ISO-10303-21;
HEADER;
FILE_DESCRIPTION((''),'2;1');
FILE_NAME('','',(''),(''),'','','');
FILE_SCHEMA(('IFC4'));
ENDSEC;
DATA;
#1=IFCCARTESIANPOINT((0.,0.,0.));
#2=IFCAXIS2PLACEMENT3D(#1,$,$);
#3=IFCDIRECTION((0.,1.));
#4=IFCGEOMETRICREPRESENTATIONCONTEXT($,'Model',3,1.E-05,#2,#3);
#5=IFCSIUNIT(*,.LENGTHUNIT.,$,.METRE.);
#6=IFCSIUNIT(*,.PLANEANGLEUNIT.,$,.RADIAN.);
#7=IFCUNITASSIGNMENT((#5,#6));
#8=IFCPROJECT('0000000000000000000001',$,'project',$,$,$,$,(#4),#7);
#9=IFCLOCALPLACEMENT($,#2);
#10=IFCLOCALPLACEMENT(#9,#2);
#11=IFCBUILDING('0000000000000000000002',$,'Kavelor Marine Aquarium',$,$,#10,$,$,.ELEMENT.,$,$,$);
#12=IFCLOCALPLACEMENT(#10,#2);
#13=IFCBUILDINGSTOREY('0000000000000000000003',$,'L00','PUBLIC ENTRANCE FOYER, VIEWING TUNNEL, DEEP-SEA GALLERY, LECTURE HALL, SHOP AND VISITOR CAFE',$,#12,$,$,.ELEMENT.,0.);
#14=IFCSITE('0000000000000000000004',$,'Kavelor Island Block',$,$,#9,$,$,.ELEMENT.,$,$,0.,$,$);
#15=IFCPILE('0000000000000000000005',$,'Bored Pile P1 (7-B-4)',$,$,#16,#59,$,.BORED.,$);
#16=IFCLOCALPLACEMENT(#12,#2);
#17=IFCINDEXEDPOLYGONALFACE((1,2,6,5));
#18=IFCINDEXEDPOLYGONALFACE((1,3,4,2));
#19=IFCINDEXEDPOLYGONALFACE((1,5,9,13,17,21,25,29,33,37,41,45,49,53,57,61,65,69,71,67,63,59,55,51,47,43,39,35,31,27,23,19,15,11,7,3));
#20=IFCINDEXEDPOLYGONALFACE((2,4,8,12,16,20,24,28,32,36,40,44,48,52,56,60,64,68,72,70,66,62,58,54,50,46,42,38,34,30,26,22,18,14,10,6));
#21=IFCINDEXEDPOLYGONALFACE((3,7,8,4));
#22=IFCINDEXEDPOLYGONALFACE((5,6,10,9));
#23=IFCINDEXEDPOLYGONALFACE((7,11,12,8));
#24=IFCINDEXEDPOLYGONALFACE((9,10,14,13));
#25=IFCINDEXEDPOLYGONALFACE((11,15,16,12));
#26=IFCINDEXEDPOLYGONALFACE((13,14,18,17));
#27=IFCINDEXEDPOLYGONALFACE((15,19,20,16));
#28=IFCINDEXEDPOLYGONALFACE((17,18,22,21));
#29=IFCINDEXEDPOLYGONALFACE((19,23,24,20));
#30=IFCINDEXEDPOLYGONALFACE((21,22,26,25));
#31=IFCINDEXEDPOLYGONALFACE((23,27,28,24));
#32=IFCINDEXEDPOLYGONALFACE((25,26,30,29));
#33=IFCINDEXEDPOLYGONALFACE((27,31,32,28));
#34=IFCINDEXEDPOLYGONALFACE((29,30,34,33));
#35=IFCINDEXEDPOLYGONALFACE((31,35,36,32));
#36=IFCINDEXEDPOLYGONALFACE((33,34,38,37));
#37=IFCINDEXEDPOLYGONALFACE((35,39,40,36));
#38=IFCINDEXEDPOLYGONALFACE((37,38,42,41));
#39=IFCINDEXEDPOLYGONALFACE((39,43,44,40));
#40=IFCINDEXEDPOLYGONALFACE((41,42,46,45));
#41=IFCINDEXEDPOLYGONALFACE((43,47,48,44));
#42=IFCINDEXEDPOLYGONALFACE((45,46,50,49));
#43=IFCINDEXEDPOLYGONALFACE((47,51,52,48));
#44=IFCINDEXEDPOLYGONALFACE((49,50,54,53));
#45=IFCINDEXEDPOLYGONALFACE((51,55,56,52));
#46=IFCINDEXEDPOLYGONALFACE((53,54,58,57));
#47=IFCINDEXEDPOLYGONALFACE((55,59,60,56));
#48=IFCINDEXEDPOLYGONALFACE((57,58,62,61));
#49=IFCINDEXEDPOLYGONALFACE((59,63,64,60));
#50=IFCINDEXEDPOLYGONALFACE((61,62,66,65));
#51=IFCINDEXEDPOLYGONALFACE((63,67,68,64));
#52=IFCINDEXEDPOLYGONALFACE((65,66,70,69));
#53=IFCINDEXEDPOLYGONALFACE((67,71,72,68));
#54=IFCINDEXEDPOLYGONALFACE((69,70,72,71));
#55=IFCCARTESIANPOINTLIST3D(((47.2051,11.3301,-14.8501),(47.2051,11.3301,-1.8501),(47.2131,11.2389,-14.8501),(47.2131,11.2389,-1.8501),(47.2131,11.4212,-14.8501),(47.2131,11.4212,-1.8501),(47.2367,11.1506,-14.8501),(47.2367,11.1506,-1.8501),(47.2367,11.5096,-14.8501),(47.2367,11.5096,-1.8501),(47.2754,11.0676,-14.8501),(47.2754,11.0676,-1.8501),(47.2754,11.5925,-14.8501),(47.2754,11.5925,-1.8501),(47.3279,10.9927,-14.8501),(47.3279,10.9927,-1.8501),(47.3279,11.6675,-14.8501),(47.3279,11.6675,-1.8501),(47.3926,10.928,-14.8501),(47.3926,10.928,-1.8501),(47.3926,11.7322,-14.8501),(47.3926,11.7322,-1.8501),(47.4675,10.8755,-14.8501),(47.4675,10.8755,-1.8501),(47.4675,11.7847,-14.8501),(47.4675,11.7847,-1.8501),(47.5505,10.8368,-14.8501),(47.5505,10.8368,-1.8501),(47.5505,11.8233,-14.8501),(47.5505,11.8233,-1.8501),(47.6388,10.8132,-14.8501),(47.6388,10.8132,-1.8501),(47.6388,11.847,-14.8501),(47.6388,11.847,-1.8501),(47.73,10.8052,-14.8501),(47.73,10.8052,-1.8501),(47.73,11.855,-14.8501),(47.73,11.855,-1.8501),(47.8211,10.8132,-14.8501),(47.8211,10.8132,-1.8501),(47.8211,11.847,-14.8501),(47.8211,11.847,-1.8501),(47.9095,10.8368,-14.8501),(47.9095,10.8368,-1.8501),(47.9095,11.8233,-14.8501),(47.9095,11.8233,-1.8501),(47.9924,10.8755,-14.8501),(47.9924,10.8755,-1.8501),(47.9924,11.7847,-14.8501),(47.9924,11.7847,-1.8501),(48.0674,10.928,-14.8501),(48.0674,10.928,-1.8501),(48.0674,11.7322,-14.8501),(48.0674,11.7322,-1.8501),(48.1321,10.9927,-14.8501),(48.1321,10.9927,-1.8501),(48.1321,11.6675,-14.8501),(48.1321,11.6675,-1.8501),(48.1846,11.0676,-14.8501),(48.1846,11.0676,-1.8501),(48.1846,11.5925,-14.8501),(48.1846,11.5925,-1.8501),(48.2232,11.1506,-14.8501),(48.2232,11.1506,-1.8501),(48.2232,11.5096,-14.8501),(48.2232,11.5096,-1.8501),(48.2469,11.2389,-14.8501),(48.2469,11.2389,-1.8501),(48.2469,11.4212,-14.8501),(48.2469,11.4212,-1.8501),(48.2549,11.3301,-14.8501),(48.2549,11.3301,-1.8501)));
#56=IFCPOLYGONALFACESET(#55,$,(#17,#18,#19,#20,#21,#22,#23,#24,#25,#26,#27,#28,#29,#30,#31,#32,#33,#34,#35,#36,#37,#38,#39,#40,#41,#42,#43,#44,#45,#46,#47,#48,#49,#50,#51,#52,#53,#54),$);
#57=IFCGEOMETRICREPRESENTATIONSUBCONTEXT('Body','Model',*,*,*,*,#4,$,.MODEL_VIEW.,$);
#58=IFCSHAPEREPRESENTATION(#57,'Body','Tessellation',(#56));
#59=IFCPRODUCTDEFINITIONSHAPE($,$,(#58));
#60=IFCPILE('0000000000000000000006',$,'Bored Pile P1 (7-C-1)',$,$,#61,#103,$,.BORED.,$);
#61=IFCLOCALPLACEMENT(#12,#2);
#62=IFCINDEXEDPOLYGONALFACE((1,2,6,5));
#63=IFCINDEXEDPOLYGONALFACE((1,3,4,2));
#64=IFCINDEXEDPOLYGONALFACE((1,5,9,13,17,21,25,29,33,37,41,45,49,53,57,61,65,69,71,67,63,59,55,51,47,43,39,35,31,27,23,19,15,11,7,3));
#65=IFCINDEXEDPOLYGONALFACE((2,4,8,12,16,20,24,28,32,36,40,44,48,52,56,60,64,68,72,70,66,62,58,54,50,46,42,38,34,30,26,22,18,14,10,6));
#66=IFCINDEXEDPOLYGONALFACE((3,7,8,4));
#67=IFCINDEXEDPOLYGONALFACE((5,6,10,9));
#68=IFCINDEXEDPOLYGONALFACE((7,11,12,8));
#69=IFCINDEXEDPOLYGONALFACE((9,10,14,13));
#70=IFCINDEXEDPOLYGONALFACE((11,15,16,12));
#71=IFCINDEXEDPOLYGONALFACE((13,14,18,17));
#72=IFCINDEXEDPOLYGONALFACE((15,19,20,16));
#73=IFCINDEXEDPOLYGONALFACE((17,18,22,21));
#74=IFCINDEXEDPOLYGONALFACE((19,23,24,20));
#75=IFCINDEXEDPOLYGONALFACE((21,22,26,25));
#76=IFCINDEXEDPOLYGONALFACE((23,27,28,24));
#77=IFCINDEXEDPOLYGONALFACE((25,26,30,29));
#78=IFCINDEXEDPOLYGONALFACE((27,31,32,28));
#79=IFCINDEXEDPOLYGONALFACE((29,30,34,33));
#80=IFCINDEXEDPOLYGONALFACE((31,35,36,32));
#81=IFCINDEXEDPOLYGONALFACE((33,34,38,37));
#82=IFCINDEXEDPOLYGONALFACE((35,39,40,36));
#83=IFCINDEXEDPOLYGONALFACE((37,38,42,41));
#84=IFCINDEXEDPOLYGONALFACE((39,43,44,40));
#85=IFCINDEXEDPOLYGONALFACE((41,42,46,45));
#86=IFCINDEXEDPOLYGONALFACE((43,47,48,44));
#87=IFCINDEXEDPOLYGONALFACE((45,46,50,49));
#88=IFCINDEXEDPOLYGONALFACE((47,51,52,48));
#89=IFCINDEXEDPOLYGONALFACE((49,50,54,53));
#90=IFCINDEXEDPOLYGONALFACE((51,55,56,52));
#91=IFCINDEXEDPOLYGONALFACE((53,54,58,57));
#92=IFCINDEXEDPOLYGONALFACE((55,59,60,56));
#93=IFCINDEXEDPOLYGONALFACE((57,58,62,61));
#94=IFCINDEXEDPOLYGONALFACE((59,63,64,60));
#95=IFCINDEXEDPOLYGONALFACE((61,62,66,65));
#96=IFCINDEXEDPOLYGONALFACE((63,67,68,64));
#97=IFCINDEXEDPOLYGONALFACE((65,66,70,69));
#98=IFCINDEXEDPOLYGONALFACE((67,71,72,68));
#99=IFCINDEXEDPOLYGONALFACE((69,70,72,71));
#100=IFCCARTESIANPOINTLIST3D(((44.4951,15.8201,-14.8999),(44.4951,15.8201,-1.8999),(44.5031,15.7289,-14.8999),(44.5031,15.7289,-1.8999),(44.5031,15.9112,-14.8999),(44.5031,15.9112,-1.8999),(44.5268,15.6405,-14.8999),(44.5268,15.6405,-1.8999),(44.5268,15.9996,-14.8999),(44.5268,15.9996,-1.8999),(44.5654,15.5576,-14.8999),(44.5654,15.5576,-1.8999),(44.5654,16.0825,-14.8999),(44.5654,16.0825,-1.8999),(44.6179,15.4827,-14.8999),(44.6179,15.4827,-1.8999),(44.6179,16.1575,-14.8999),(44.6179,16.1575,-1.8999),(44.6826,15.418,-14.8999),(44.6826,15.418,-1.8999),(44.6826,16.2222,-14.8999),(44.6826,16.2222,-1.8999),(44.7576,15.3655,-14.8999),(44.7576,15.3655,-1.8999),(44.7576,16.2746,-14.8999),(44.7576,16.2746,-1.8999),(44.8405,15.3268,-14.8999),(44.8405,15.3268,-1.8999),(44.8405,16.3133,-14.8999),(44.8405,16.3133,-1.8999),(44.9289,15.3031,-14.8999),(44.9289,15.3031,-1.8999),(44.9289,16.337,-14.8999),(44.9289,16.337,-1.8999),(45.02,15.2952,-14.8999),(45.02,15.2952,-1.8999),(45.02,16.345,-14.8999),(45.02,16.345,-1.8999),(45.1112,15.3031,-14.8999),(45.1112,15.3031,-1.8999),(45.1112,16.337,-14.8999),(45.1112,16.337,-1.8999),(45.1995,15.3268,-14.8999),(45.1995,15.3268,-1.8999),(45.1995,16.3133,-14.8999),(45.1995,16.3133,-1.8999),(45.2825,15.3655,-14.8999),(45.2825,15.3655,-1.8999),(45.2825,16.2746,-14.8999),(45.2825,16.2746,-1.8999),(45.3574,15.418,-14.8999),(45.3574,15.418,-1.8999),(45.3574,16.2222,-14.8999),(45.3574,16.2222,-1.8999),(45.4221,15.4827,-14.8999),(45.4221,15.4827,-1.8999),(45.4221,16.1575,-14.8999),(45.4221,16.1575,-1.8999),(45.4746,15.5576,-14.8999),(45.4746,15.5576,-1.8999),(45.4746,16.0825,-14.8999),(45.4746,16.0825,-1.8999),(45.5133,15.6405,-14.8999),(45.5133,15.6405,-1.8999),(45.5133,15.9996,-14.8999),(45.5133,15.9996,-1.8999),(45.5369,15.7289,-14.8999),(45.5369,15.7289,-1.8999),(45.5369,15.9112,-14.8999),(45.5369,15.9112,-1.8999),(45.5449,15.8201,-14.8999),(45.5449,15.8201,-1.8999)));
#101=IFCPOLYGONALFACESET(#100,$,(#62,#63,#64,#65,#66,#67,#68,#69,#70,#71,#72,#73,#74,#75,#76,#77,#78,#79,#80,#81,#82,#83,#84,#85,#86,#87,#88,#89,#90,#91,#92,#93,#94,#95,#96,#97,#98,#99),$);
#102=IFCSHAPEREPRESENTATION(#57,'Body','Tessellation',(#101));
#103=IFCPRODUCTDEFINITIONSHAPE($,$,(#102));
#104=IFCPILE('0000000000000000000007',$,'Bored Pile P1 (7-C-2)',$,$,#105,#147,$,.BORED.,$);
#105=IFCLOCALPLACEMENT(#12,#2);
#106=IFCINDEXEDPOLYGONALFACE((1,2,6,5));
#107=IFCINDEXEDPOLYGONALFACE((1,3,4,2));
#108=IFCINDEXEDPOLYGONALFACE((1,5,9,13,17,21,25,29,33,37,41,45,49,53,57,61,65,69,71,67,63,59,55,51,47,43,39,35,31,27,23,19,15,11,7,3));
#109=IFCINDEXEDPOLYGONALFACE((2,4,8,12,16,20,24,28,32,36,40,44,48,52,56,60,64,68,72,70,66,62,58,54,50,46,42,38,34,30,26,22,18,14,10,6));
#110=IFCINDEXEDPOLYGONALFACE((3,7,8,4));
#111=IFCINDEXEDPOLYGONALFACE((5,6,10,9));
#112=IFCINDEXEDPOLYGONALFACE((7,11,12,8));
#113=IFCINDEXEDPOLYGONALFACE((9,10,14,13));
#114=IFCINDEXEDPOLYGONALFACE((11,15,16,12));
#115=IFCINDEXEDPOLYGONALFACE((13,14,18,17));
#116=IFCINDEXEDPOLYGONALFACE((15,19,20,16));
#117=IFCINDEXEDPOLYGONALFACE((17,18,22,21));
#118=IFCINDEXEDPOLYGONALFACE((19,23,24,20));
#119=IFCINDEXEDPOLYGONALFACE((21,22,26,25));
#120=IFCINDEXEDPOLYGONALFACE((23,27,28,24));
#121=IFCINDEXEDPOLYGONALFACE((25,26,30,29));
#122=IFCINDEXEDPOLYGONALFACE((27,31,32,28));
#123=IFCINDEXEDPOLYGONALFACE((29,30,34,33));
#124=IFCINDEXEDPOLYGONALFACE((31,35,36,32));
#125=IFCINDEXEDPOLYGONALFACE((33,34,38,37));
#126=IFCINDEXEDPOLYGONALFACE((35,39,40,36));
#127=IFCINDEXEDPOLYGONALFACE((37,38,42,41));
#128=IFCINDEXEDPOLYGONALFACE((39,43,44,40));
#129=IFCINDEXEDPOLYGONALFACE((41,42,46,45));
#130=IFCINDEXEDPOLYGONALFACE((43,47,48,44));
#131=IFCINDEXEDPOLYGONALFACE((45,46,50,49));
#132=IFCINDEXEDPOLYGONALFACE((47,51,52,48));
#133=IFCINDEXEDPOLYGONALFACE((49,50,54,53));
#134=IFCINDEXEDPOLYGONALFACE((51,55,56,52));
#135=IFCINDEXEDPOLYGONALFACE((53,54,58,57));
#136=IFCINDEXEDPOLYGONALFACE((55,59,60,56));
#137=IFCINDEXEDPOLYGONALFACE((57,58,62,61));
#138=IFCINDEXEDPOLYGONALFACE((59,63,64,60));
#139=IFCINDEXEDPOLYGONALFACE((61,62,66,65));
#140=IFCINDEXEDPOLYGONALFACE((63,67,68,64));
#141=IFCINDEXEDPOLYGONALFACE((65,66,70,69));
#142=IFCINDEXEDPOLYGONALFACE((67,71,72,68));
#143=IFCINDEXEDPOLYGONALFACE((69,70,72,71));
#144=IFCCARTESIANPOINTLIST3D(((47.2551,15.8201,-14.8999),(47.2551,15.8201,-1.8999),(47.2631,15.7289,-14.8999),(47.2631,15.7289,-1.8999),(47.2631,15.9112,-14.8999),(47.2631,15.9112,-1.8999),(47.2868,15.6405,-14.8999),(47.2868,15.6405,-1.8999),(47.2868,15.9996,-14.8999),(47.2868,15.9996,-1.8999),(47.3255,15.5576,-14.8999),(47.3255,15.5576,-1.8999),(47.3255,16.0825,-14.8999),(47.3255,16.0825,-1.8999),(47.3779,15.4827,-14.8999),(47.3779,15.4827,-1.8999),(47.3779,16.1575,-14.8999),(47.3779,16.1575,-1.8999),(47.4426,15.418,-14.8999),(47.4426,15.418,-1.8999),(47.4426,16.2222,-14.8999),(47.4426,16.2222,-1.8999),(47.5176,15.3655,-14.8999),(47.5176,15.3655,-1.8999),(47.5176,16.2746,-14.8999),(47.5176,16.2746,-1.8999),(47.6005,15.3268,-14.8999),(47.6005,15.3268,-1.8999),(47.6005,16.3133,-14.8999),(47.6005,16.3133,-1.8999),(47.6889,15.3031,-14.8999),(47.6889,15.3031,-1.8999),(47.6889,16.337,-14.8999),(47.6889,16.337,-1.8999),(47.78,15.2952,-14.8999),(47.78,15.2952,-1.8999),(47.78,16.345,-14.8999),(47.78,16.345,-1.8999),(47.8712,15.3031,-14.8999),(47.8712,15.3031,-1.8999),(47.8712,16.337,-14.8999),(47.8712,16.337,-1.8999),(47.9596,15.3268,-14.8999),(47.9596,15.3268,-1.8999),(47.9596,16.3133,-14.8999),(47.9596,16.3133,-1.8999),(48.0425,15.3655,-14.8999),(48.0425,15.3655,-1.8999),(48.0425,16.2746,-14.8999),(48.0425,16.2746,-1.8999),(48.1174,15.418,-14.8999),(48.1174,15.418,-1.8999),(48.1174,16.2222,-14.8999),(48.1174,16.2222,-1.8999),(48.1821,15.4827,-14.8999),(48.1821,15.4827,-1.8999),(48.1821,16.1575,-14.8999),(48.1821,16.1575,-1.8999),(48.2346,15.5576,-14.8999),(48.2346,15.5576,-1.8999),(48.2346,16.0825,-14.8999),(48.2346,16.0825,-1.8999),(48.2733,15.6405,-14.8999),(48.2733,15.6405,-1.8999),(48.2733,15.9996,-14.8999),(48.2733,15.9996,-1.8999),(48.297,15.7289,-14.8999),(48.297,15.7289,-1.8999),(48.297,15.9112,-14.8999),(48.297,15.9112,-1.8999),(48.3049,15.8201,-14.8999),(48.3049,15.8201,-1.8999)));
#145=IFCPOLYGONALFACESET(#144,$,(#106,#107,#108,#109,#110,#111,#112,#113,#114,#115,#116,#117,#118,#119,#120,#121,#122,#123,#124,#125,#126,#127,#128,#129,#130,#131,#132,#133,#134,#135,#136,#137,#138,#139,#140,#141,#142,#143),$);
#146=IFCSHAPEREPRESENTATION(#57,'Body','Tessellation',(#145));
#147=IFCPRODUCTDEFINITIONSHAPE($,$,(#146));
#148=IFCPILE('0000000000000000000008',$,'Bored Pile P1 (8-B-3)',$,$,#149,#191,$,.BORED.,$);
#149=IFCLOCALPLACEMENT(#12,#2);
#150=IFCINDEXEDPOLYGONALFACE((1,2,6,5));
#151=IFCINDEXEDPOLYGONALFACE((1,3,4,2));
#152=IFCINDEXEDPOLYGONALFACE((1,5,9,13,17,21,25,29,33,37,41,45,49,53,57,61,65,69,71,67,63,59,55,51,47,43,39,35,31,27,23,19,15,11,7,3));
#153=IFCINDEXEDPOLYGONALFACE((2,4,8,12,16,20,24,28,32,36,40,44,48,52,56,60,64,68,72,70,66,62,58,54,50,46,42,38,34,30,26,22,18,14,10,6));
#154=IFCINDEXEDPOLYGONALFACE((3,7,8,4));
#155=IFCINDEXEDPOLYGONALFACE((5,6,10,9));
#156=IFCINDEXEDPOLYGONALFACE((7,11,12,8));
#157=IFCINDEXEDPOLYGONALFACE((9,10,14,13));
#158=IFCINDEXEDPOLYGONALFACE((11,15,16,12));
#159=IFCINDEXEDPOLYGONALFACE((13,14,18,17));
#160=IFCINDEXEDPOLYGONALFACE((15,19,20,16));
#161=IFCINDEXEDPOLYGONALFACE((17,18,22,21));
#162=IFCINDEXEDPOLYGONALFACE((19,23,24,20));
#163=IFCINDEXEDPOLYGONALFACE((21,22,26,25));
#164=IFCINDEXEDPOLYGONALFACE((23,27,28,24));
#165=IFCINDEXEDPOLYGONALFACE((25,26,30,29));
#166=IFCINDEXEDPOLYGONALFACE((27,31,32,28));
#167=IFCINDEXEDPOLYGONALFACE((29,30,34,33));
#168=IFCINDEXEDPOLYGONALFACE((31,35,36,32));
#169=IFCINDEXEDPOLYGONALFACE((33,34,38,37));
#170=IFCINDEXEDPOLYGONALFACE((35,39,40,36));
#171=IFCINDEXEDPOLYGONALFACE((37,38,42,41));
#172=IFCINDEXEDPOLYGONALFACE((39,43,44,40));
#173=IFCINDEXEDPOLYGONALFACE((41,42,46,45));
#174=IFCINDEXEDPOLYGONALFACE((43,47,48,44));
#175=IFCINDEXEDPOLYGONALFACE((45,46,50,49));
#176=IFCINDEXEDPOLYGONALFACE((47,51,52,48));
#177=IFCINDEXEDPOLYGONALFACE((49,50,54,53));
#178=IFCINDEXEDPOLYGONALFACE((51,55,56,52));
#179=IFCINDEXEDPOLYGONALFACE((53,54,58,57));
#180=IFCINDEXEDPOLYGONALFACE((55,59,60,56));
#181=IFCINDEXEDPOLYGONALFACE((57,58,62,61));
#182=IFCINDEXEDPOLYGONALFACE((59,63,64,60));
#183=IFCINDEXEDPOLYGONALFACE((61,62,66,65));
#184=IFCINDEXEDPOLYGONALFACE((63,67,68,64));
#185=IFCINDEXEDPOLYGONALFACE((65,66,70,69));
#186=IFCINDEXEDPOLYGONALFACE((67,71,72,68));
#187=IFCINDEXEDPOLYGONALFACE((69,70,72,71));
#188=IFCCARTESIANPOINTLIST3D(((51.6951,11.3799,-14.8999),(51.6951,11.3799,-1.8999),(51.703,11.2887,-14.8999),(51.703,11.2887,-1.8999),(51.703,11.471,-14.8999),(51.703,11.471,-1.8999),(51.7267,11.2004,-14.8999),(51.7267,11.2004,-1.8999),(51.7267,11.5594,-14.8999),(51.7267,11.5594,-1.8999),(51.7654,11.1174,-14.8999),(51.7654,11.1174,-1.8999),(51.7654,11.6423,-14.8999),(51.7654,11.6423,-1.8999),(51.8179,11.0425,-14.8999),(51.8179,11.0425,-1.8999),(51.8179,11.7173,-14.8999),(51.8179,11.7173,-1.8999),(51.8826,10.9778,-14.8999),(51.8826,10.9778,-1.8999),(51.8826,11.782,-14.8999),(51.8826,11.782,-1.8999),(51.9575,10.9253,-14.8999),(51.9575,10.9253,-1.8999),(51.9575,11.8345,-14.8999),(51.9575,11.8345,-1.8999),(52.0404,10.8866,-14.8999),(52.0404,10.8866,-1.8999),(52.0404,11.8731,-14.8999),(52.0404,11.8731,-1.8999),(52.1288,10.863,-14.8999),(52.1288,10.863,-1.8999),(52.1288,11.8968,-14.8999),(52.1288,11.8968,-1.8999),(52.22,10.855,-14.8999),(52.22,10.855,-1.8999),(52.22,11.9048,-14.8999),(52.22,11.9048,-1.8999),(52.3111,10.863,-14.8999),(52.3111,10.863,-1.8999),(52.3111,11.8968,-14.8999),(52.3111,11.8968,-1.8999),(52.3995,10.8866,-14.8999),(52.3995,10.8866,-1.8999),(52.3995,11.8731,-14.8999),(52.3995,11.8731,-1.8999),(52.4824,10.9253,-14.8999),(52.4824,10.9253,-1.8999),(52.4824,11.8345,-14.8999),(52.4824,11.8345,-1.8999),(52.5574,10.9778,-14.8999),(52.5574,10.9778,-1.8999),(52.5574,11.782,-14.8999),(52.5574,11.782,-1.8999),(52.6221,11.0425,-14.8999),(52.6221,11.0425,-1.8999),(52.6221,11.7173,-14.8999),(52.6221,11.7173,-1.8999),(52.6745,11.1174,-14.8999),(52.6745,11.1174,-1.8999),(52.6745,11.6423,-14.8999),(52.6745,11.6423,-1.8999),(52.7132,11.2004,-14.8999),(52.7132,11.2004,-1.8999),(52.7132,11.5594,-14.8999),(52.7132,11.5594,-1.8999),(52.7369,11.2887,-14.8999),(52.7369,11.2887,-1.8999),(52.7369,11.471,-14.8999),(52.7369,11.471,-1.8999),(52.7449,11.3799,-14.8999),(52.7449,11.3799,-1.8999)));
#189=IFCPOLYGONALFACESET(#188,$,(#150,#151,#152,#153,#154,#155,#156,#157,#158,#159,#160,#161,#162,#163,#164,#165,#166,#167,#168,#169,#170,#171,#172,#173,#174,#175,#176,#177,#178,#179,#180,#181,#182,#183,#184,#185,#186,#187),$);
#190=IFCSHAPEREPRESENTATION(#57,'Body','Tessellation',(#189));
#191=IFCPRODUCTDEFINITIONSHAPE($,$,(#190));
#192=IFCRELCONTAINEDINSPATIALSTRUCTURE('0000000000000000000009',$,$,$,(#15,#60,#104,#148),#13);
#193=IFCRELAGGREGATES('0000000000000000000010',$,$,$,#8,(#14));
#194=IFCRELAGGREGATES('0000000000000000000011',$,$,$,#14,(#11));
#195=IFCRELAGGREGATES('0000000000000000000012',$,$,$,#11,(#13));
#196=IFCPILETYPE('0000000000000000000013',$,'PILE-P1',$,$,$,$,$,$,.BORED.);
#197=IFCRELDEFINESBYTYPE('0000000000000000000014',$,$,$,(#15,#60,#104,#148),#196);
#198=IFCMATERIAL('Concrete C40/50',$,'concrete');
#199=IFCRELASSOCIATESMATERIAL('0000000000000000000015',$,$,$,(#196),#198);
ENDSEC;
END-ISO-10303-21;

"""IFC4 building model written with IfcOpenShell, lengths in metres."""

from ifc_helpers import new_model, si_unit, direction, frame, origin, origin_2d, place, context, subcontext, project, spatial, circle, extrude, material, material_profile, profile_set, type_object, element, save


model = new_model("IFC4")

# Units and contexts
model_context = context("Model", 3, precision=1e-05, world=origin(), true_north=direction((0.0, 1.0)))
body_context = subcontext(model_context, "Body", "Model", "MODEL_VIEW")
ifc_project = project(units=[si_unit("LENGTHUNIT", "METRE"), si_unit("PLANEANGLEUNIT", "RADIAN")], contexts=[model_context])

# Site, building, storey
site_placement = place(None, origin())
site = spatial("IfcSite", under=ifc_project, at=site_placement, Name="Kavelor Island Block", CompositionType="ELEMENT", RefElevation=0.0)
building_placement = place(site_placement, origin())
building = spatial("IfcBuilding", under=site, at=building_placement, Name="Kavelor Marine Aquarium", CompositionType="ELEMENT")
storey_placement = place(building_placement, origin())
storey = spatial("IfcBuildingStorey", under=building, at=storey_placement, Name="L00", Description="PUBLIC ENTRANCE FOYER, VIEWING TUNNEL, DEEP-SEA GALLERY, LECTURE HALL, SHOP AND VISITOR CAFE", CompositionType="ELEMENT", Elevation=0.0)

# Piles
ifc_material_1 = material(Name="Concrete C40/50", Category="concrete")
ifc_material_profile_1 = material_profile(ifc_material_1, circle(Radius=0.5249, at=origin_2d()), Name="PILE D1050")
ifc_profile_set_1 = profile_set([ifc_material_profile_1], Name="Concrete C40/50")
pile_type = type_object("IfcPileType", Name="PILE-P1", PredefinedType="BORED", material=ifc_profile_set_1)
for number, where, z_axis, x_axis, name in (
    (1, (47.73, 11.3301, -1.8501), (0.0, 0.0, -1.0), (1.0, 0.0, 0.0), "Bored Pile P1 (7-B-4)"),
    (2, (45.02, 15.8201, -1.8999), (0.0, 0.0, -1.0), (1.0, 0.0, 0.0), "Bored Pile P1 (7-C-1)"),
    (3, (47.78, 15.8201, -1.8999), (0.0, 0.0, -1.0), (1.0, 0.0, 0.0), "Bored Pile P1 (7-C-2)"),
    (4, (52.22, 11.3799, -1.8999), (0.0, 0.0, -1.0), (1.0, 0.0, 0.0), "Bored Pile P1 (8-B-3)"),
):
    element("IfcPile", number, at=place(storey_placement, frame(where, z_axis=z_axis, x_axis=x_axis)), inside=storey, type_object=pile_type, Name=name, PredefinedType="BORED", context=body_context, shape_type="SweptSolid", body=[
        extrude(circle(Radius=0.5249, at=origin_2d()), origin(), (0.0, 0.0, 1.0), 13.0),
    ])

save(model, "model.ifc")
